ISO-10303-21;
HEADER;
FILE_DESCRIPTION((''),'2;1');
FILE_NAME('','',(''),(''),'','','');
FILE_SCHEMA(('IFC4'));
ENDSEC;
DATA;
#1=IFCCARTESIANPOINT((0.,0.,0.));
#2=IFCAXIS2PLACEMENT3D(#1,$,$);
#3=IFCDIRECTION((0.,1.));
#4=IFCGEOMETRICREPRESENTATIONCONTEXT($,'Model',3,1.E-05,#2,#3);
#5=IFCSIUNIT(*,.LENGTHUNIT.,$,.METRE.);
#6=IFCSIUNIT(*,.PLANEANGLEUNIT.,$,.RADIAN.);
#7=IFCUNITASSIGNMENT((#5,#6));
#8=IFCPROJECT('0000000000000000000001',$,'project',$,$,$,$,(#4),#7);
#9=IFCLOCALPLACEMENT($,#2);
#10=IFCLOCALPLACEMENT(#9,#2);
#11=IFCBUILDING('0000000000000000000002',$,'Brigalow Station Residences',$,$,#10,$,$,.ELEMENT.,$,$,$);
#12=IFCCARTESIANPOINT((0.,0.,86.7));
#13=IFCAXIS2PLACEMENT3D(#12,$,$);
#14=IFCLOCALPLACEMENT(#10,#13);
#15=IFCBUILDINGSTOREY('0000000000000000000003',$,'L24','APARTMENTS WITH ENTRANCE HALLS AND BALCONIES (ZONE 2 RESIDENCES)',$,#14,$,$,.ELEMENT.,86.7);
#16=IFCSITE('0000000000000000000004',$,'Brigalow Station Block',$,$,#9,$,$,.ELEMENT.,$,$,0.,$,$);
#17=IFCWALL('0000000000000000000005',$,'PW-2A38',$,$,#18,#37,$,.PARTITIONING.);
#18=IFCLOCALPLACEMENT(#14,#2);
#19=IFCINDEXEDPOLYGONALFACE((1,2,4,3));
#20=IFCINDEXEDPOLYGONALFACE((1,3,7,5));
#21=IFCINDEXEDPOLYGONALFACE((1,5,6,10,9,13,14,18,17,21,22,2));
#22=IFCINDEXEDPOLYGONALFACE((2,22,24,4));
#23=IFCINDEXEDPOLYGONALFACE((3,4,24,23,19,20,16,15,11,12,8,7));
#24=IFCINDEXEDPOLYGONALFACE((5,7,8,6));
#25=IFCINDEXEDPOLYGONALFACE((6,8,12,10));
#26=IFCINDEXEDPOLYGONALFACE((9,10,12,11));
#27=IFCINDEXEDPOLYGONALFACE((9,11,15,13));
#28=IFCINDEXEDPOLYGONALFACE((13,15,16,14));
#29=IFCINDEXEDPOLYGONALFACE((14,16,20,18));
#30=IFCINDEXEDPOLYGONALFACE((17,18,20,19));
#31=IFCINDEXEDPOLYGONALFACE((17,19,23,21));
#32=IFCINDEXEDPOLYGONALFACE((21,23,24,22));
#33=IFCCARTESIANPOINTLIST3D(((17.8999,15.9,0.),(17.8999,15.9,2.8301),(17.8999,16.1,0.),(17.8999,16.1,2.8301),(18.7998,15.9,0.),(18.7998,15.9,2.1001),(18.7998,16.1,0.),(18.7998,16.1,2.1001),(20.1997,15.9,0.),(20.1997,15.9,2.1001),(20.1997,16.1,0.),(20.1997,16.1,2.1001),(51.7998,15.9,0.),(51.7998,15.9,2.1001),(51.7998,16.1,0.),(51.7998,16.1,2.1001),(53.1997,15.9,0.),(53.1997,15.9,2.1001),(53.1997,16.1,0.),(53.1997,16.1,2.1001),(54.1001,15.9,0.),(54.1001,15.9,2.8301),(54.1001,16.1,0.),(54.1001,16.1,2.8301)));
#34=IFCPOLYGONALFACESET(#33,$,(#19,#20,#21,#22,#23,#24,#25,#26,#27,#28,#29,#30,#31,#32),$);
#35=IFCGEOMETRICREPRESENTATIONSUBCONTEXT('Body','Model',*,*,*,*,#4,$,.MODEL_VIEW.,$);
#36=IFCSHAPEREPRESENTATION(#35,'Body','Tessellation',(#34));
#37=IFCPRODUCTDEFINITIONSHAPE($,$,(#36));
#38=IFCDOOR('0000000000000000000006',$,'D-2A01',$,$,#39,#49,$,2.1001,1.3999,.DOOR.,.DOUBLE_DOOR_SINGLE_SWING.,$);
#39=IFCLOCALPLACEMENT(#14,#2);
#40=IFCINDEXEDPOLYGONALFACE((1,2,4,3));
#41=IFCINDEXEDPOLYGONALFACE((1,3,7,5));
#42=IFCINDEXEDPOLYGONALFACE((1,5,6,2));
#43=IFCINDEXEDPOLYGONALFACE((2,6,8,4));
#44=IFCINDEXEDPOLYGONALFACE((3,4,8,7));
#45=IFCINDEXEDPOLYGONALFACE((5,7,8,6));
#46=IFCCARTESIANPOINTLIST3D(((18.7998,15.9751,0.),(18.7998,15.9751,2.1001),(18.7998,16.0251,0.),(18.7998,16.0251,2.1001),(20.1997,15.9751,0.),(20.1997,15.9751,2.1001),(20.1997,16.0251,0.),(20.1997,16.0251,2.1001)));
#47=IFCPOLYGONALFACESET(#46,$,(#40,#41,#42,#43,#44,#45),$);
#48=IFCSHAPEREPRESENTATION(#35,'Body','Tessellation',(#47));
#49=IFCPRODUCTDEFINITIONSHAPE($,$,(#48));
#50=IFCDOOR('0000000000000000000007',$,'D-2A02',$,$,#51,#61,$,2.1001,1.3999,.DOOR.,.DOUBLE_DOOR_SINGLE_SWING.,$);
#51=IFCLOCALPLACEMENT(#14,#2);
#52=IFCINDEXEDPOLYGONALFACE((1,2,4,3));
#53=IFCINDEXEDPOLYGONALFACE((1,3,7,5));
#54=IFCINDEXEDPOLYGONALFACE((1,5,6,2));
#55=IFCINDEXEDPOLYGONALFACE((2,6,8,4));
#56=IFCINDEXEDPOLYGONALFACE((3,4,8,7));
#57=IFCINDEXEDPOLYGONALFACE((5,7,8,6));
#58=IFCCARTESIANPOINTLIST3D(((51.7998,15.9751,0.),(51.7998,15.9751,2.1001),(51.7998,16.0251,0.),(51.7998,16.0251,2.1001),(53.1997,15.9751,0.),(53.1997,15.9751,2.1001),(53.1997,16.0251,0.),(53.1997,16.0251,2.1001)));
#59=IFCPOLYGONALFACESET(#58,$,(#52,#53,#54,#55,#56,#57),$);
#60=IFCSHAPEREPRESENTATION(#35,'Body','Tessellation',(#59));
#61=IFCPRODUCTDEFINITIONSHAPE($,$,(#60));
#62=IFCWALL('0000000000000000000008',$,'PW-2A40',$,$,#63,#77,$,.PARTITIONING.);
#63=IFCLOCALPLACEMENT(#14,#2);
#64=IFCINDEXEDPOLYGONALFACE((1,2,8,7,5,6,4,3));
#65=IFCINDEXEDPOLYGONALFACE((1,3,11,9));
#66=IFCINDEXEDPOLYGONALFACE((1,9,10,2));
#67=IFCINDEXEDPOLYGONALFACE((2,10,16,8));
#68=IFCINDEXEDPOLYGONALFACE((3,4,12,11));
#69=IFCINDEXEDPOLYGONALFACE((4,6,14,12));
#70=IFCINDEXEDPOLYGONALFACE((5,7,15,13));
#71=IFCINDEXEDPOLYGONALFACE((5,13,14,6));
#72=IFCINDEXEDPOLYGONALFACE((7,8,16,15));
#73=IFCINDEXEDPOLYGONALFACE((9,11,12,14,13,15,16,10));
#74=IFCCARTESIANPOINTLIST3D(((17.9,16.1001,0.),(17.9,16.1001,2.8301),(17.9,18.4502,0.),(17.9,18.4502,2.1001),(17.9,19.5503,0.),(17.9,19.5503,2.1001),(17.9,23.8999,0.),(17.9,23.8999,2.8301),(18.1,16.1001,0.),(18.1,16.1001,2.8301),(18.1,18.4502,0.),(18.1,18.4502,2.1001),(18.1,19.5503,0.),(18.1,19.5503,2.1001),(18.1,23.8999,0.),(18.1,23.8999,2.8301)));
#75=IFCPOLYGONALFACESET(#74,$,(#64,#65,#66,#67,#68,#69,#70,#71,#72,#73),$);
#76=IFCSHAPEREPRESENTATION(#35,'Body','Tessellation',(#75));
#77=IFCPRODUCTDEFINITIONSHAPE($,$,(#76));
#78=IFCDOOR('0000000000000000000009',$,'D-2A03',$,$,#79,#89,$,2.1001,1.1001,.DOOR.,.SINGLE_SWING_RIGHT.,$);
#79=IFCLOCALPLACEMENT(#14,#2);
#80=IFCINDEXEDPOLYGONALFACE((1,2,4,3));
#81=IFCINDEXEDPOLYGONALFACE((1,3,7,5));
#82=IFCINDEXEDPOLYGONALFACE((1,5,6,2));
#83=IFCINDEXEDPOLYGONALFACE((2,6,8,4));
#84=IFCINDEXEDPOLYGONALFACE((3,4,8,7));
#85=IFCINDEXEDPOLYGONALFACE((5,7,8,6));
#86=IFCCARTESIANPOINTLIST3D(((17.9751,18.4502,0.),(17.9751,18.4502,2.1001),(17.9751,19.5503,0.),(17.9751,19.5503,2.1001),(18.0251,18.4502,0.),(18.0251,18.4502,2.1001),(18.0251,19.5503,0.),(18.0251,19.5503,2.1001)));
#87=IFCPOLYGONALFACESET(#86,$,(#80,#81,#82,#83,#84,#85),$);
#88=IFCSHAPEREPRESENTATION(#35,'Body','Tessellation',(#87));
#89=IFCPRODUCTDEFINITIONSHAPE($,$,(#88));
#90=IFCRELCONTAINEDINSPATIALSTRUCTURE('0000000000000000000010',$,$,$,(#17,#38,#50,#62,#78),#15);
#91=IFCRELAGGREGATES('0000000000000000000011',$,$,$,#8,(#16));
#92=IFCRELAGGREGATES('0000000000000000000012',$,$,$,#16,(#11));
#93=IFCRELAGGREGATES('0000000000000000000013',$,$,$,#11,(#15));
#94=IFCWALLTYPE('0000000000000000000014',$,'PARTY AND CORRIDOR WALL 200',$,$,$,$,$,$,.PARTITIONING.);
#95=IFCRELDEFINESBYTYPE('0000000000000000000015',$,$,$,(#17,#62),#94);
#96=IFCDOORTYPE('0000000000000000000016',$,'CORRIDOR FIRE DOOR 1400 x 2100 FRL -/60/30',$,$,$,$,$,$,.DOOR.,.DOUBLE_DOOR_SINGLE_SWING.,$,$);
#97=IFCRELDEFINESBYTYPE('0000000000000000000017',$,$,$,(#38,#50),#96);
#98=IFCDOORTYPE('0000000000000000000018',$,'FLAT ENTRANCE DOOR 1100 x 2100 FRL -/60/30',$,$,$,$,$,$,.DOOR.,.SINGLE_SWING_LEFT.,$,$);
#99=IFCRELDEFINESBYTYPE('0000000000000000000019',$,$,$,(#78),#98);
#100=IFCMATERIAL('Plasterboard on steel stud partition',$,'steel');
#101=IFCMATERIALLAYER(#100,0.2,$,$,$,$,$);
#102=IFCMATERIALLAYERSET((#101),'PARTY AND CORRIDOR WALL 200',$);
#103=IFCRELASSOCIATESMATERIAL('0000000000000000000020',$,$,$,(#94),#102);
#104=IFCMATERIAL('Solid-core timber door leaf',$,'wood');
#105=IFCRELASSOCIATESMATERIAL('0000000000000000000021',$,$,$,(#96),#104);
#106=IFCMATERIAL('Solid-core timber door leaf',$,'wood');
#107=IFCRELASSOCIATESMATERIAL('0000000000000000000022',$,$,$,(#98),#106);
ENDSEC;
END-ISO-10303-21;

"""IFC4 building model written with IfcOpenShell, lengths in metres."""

from ifc_helpers import new_model, si_unit, direction, frame, frame_2d, origin, place, context, subcontext, project, spatial, rectangle, extrude, material, layer, layer_set, type_object, element, fill, save


model = new_model("IFC4")

# Units and contexts
model_context = context("Model", 3, precision=1e-05, world=origin(), true_north=direction((0.0, 1.0)))
body_context = subcontext(model_context, "Body", "Model", "MODEL_VIEW")
ifc_project = project(units=[si_unit("LENGTHUNIT", "METRE"), si_unit("PLANEANGLEUNIT", "RADIAN")], contexts=[model_context])

# Site, building, storey
site_placement = place(None, origin())
site = spatial("IfcSite", under=ifc_project, at=site_placement, Name="Brigalow Station Block", CompositionType="ELEMENT", RefElevation=0.0)
building_placement = place(site_placement, origin())
building = spatial("IfcBuilding", under=site, at=building_placement, Name="Brigalow Station Residences", CompositionType="ELEMENT")
storey_placement = place(building_placement, frame((0.0, 0.0, 86.7)))
storey = spatial("IfcBuildingStorey", under=building, at=storey_placement, Name="L24", Description="APARTMENTS WITH ENTRANCE HALLS AND BALCONIES (ZONE 2 RESIDENCES)", CompositionType="ELEMENT", Elevation=86.7)

# Wall, openings, doors
ifc_material_1 = material(Name="Plasterboard on steel stud partition", Category="steel")
ifc_layer_1 = layer(ifc_material_1, 0.2)
ifc_layer_set_1 = layer_set([ifc_layer_1], Name="PARTY AND CORRIDOR WALL 200")
wall_type_1 = type_object("IfcWallType", Name="PARTY AND CORRIDOR WALL 200", PredefinedType="PARTITIONING", material=ifc_layer_set_1)
wall_1_placement = place(storey_placement, frame((17.8999, 16.0, 0.0), z_axis=(0.0, 0.0, 1.0), x_axis=(1.0, 0.0, 0.0)))
wall_1 = element("IfcWall", 1, at=wall_1_placement, inside=storey, type_object=wall_type_1, Name="PW-2A38", PredefinedType="PARTITIONING", context=body_context, shape_type="SweptSolid", body=[
    extrude(rectangle(XDim=36.2002, YDim=0.2, at=frame_2d((18.1001, 0.0))), origin(), (0.0, 0.0, 1.0), 2.8301),
])
opening_1_placement = place(wall_1_placement, frame((0.8999, 0.0, 0.0)))
opening_1 = element("IfcOpeningElement", 2, at=opening_1_placement, cuts=wall_1, PredefinedType="OPENING", context=body_context, shape_type="SweptSolid", body=[
    extrude(rectangle(XDim=1.3999, YDim=2.1001, at=frame_2d((0.7, 1.05))), frame((0.0, 0.1099, 0.0), z_axis=(0.0, -1.0, 0.0), x_axis=(1.0, 0.0, 0.0)), (0.0, 0.0, 1.0), 0.22),
])
opening_2_placement = place(wall_1_placement, frame((33.8999, 0.0, 0.0)))
opening_2 = element("IfcOpeningElement", 3, at=opening_2_placement, cuts=wall_1, PredefinedType="OPENING", context=body_context, shape_type="SweptSolid", body=[
    extrude(rectangle(XDim=1.3999, YDim=2.1001, at=frame_2d((0.7, 1.05))), frame((0.0, 0.1099, 0.0), z_axis=(0.0, -1.0, 0.0), x_axis=(1.0, 0.0, 0.0)), (0.0, 0.0, 1.0), 0.22),
])
ifc_material_2 = material(Name="Solid-core timber door leaf", Category="wood")
door_type_1 = type_object("IfcDoorType", Name="CORRIDOR FIRE DOOR 1400 x 2100 FRL -/60/30", OperationType="DOUBLE_DOOR_SINGLE_SWING", PredefinedType="DOOR", material=ifc_material_2)
door_1_placement = place(opening_1_placement, frame((1.3999, 0.0, 0.0), z_axis=(0.0, 0.0, 1.0), x_axis=(-1.0, 0.0, 0.0)))
door_1 = element("IfcDoor", 4, at=door_1_placement, inside=storey, type_object=door_type_1, Name="D-2A01", OperationType="DOUBLE_DOOR_SINGLE_SWING", OverallHeight=2.1001, OverallWidth=1.3999, PredefinedType="DOOR", context=body_context, shape_type="SweptSolid", body=[
    extrude(rectangle(XDim=1.3999, YDim=2.1001, at=frame_2d((0.7, 1.05))), frame((0.0, 0.0249, 0.0), z_axis=(0.0, -1.0, 0.0), x_axis=(1.0, 0.0, 0.0)), (0.0, 0.0, 1.0), 0.05),
])
fill(opening_1, door_1)
door_2_placement = place(opening_2_placement, frame((1.3999, 0.0, 0.0), z_axis=(0.0, 0.0, 1.0), x_axis=(-1.0, 0.0, 0.0)))
door_2 = element("IfcDoor", 5, at=door_2_placement, inside=storey, type_object=door_type_1, Name="D-2A02", OperationType="DOUBLE_DOOR_SINGLE_SWING", OverallHeight=2.1001, OverallWidth=1.3999, PredefinedType="DOOR", context=body_context, shape_type="SweptSolid", body=[
    extrude(rectangle(XDim=1.3999, YDim=2.1001, at=frame_2d((0.7, 1.05))), frame((0.0, 0.0249, 0.0), z_axis=(0.0, -1.0, 0.0), x_axis=(1.0, 0.0, 0.0)), (0.0, 0.0, 1.0), 0.05),
])
fill(opening_2, door_2)

# Wall, opening, door
wall_2_placement = place(storey_placement, frame((18.0, 16.1001, 0.0), z_axis=(0.0, 0.0, 1.0), x_axis=(0.0, 1.0, 0.0)))
wall_2 = element("IfcWall", 6, at=wall_2_placement, inside=storey, type_object=wall_type_1, Name="PW-2A40", PredefinedType="PARTITIONING", context=body_context, shape_type="SweptSolid", body=[
    extrude(rectangle(XDim=7.7998, YDim=0.2, at=frame_2d((3.8999, 0.0))), origin(), (0.0, 0.0, 1.0), 2.8301),
])
opening_3_placement = place(wall_2_placement, frame((2.3501, 0.0, 0.0)))
opening_3 = element("IfcOpeningElement", 7, at=opening_3_placement, cuts=wall_2, PredefinedType="OPENING", context=body_context, shape_type="SweptSolid", body=[
    extrude(rectangle(XDim=1.1001, YDim=2.1001, at=frame_2d((0.55, 1.05))), frame((0.0, 0.1099, 0.0), z_axis=(0.0, -1.0, 0.0), x_axis=(1.0, 0.0, 0.0)), (0.0, 0.0, 1.0), 0.22),
])
ifc_material_3 = material(Name="Solid-core timber door leaf", Category="wood")
door_type_2 = type_object("IfcDoorType", Name="FLAT ENTRANCE DOOR 1100 x 2100 FRL -/60/30", OperationType="SINGLE_SWING_LEFT", PredefinedType="DOOR", material=ifc_material_3)
door_3_placement = place(opening_3_placement, origin())
door_3 = element("IfcDoor", 8, at=door_3_placement, inside=storey, type_object=door_type_2, Name="D-2A03", OperationType="SINGLE_SWING_RIGHT", OverallHeight=2.1001, OverallWidth=1.1001, PredefinedType="DOOR", context=body_context, shape_type="SweptSolid", body=[
    extrude(rectangle(XDim=1.1001, YDim=2.1001, at=frame_2d((0.55, 1.05))), frame((0.0, 0.0249, 0.0), z_axis=(0.0, -1.0, 0.0), x_axis=(1.0, 0.0, 0.0)), (0.0, 0.0, 1.0), 0.05),
])
fill(opening_3, door_3)

save(model, "model.ifc")
